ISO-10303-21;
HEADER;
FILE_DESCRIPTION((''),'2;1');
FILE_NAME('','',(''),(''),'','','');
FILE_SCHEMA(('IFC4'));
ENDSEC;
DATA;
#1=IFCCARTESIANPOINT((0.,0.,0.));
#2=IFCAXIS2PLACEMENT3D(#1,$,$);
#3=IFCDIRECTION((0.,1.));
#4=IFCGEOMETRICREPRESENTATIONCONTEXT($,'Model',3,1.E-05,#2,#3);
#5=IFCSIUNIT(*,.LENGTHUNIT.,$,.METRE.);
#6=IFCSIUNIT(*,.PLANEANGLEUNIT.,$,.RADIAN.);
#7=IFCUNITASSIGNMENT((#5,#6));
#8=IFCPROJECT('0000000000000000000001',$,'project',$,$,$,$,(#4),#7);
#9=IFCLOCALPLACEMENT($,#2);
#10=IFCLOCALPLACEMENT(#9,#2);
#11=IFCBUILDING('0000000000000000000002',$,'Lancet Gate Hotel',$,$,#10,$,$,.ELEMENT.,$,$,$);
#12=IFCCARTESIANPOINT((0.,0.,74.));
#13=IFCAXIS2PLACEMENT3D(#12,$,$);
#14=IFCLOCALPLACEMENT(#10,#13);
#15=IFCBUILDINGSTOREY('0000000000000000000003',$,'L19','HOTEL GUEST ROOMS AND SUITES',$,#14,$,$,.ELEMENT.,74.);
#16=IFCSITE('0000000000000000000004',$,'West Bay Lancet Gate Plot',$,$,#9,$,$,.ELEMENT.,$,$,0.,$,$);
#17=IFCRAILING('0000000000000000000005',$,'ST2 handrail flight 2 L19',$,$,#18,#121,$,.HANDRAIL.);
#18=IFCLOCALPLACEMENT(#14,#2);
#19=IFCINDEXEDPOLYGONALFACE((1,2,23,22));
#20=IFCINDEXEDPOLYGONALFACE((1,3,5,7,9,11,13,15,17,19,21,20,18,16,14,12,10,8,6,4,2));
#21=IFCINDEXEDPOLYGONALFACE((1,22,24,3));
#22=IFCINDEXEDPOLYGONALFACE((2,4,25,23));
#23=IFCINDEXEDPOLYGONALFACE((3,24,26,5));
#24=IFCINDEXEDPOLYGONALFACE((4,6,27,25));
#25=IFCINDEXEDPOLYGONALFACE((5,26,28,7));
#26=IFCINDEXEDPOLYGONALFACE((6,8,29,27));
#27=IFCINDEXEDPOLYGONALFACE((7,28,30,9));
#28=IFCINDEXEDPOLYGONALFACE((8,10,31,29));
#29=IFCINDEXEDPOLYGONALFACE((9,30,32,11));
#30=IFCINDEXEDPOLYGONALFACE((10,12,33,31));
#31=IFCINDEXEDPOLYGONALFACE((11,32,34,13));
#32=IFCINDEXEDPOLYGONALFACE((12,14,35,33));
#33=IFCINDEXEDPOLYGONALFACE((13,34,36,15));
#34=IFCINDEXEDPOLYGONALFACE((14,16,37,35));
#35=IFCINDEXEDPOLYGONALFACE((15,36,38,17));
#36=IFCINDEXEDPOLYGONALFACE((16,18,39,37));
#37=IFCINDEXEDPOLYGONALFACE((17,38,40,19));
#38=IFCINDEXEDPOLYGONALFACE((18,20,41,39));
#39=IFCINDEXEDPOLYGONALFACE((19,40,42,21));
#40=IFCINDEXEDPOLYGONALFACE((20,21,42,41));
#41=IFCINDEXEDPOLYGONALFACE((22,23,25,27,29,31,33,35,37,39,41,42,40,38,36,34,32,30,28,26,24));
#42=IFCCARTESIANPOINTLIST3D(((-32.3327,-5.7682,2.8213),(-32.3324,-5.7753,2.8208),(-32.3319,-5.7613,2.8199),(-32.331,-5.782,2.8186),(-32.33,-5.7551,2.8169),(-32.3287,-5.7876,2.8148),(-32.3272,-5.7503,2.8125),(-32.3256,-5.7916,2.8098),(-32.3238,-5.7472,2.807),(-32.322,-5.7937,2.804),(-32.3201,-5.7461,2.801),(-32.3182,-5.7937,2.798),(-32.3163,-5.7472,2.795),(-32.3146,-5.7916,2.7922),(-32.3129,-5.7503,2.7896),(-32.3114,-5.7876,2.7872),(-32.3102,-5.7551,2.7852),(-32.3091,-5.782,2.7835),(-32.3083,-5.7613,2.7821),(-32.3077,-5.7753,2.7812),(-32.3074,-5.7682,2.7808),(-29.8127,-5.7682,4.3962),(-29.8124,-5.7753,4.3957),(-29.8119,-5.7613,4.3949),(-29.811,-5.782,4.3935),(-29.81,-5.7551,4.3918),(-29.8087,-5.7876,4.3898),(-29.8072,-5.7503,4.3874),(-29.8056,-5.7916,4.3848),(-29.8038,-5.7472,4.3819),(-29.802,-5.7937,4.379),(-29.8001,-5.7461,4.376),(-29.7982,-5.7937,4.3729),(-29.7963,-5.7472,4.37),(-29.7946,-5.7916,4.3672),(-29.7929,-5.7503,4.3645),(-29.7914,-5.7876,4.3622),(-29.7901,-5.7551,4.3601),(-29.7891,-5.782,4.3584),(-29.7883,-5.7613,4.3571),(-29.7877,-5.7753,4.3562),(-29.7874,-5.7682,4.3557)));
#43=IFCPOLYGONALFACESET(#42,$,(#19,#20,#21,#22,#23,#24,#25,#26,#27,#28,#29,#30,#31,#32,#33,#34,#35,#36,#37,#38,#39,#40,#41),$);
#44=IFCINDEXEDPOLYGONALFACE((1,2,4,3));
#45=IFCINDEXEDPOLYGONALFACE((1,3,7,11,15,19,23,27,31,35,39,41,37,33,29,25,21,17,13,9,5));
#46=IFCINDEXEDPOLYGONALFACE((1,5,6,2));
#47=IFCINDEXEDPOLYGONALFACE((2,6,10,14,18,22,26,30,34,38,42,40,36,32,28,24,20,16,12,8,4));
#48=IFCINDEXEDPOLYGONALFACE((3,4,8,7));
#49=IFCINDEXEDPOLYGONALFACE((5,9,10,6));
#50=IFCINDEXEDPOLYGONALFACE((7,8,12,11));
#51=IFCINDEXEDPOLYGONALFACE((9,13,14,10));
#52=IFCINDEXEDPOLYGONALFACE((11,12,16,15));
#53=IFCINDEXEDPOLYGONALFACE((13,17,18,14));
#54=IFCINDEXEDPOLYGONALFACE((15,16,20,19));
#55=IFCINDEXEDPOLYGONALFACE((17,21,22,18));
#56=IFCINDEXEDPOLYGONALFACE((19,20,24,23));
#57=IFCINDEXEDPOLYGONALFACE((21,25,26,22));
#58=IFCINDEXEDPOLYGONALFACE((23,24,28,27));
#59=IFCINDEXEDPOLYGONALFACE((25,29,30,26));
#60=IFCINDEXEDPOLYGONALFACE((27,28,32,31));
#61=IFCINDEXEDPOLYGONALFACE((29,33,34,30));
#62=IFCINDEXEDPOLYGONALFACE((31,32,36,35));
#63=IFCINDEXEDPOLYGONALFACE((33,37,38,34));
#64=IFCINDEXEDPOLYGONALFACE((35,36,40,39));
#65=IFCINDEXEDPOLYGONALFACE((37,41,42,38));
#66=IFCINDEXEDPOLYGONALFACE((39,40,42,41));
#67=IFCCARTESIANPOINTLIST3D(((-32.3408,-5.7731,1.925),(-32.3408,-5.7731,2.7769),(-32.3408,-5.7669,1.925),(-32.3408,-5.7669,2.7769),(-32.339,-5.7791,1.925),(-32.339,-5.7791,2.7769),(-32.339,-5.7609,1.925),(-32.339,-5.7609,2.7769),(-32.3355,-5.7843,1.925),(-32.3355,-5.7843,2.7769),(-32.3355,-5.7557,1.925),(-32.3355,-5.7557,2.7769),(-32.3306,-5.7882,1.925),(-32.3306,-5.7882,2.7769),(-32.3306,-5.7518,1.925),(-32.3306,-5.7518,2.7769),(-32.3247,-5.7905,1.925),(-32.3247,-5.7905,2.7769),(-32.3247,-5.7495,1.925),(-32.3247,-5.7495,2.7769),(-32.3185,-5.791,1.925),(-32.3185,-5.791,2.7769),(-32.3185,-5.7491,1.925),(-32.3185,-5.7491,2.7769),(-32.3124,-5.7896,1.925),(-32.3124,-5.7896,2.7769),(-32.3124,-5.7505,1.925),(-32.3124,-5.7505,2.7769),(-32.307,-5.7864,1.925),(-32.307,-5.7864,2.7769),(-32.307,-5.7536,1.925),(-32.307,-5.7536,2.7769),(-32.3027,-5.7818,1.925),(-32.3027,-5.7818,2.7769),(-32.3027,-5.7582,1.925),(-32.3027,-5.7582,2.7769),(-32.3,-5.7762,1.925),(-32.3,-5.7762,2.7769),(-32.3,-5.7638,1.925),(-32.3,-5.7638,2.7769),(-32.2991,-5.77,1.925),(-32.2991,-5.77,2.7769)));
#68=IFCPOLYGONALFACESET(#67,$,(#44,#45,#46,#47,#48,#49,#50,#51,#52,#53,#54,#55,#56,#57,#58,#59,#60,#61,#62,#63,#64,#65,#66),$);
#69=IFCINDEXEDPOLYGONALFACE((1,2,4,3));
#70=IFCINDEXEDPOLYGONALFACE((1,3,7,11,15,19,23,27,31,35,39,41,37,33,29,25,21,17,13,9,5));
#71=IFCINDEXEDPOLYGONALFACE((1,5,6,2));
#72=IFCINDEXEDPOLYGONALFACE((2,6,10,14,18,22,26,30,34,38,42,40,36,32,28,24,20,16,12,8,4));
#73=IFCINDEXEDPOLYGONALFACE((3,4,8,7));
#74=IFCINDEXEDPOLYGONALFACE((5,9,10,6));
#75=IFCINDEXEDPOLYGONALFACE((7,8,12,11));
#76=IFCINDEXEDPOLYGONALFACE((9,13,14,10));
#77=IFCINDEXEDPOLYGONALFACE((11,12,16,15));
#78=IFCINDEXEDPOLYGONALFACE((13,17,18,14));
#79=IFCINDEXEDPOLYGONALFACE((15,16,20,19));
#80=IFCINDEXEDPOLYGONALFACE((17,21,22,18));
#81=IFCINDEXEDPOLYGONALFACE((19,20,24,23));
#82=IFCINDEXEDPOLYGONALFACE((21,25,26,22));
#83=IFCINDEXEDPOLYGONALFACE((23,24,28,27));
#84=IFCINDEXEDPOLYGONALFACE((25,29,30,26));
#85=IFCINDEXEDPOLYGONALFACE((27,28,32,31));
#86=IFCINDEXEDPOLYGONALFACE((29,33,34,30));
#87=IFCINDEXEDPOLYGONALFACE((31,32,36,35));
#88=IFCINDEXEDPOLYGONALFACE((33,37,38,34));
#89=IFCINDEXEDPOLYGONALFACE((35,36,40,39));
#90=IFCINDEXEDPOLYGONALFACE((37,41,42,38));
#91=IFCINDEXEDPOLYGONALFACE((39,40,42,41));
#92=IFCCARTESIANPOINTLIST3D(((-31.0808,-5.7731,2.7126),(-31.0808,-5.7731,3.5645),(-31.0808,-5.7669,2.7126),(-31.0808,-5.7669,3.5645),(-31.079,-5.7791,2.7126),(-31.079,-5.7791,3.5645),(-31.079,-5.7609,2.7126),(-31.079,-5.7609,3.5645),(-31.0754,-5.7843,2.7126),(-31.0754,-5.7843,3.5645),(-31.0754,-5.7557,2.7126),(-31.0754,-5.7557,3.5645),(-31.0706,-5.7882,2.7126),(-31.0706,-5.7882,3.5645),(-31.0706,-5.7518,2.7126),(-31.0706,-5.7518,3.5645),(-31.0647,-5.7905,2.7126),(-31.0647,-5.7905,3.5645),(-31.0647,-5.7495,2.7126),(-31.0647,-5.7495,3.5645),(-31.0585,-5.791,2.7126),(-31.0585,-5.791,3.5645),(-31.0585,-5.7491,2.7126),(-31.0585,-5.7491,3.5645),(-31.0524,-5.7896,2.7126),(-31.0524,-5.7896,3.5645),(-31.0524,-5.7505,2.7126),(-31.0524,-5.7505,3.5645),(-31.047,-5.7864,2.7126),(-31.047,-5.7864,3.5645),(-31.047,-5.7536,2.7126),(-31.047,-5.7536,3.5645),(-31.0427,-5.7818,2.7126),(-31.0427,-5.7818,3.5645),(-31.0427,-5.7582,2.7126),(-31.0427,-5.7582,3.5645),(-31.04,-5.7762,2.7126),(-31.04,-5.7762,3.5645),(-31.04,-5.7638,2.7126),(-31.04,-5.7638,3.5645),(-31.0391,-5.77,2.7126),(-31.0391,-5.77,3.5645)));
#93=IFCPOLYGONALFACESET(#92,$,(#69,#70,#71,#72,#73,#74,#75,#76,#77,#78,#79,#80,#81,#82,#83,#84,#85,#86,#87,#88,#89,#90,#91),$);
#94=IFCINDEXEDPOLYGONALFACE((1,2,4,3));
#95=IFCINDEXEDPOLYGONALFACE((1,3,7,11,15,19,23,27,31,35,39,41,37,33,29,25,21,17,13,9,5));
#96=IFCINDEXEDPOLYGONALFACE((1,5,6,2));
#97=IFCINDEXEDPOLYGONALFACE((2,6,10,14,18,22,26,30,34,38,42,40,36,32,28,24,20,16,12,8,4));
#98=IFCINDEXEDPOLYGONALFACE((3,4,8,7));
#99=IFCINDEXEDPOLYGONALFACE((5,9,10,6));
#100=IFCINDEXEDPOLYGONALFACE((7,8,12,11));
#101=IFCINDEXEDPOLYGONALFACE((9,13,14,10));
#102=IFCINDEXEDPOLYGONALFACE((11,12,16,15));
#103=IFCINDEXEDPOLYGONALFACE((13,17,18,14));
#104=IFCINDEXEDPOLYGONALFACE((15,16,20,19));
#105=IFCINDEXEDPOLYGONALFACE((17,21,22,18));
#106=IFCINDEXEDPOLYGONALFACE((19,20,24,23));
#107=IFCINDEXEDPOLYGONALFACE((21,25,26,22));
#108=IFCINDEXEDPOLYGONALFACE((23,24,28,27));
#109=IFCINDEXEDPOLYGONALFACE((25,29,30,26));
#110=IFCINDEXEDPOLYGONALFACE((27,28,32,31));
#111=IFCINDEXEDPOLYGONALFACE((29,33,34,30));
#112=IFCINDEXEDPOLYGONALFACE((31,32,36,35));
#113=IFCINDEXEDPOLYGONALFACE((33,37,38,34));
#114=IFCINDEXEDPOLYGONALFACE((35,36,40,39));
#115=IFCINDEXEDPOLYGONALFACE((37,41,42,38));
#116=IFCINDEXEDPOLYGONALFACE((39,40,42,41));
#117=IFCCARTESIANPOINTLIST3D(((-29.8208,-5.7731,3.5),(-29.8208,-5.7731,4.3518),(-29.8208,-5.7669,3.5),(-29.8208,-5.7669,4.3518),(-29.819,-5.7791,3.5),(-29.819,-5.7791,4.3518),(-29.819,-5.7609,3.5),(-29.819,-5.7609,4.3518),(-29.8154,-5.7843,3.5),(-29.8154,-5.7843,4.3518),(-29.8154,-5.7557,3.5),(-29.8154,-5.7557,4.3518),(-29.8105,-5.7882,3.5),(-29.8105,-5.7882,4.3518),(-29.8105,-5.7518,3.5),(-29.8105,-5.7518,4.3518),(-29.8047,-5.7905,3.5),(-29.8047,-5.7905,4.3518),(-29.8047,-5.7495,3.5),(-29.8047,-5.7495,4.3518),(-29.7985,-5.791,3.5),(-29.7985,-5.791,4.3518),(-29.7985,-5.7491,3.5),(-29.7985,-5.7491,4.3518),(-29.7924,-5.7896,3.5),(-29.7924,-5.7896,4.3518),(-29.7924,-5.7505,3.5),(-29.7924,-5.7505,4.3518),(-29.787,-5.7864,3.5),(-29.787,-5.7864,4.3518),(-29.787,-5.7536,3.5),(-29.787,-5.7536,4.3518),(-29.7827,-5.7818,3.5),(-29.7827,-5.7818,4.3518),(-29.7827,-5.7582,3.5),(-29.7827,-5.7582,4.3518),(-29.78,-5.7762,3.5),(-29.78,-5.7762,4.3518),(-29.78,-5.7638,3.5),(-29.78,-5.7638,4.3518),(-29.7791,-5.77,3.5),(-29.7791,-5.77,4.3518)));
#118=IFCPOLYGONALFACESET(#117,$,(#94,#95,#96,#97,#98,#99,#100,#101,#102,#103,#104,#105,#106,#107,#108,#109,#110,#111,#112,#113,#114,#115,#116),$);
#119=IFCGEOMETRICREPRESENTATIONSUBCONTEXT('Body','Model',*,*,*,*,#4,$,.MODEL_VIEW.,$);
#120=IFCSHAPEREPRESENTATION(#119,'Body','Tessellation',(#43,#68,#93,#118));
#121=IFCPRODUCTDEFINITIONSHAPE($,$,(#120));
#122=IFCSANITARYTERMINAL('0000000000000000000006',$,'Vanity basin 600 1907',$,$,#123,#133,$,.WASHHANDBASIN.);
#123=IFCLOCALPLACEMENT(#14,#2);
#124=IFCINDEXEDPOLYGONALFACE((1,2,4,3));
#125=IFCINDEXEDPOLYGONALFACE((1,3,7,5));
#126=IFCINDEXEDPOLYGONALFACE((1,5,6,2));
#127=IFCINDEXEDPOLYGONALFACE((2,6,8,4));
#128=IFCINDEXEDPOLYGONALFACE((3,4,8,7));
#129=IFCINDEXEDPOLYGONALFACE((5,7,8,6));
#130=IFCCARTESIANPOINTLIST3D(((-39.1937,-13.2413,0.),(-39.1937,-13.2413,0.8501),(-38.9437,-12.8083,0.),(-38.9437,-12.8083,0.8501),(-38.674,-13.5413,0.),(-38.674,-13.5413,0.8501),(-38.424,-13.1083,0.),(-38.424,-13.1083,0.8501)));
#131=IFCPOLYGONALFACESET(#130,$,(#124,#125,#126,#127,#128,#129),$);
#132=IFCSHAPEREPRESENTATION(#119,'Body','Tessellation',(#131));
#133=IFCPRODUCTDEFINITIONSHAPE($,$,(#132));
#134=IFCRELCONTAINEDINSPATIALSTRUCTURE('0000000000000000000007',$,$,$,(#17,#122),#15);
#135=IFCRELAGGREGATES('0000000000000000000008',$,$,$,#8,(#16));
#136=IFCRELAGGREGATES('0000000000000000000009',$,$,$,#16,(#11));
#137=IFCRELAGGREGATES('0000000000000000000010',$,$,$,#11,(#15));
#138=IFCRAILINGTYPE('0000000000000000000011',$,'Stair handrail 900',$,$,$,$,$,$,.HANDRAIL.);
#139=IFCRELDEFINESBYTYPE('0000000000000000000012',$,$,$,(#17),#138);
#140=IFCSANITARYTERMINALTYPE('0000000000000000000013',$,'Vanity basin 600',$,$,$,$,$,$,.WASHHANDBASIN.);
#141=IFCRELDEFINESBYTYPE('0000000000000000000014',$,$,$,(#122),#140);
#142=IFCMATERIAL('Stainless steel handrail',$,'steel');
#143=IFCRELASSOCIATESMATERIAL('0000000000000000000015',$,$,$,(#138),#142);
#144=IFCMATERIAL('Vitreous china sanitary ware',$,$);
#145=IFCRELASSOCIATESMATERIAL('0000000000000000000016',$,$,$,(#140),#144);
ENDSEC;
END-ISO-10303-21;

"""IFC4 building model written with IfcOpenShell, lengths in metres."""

from ifc_helpers import new_model, si_unit, direction, frame, origin, origin_2d, place, context, subcontext, project, spatial, rectangle, circle, extrude, material, type_object, element, save


model = new_model("IFC4")

# Units and contexts
model_context = context("Model", 3, precision=1e-05, world=origin(), true_north=direction((0.0, 1.0)))
body_context = subcontext(model_context, "Body", "Model", "MODEL_VIEW")
ifc_project = project(units=[si_unit("LENGTHUNIT", "METRE"), si_unit("PLANEANGLEUNIT", "RADIAN")], contexts=[model_context])

# Site, building, storey
site_placement = place(None, origin())
site = spatial("IfcSite", under=ifc_project, at=site_placement, Name="West Bay Lancet Gate Plot", CompositionType="ELEMENT", RefElevation=0.0)
building_placement = place(site_placement, origin())
building = spatial("IfcBuilding", under=site, at=building_placement, Name="Lancet Gate Hotel", CompositionType="ELEMENT")
storey_placement = place(building_placement, frame((0.0, 0.0, 74.0)))
storey = spatial("IfcBuildingStorey", under=building, at=storey_placement, Name="L19", Description="HOTEL GUEST ROOMS AND SUITES", CompositionType="ELEMENT", Elevation=74.0)

# Railing
ifc_material_1 = material(Name="Stainless steel handrail", Category="steel")
railing_type = type_object("IfcRailingType", Name="Stair handrail 900", PredefinedType="HANDRAIL", material=ifc_material_1)
railing_1_placement = place(storey_placement, frame((-32.3201, -5.77, 1.925)))
element("IfcRailing", 1, at=railing_1_placement, inside=storey, type_object=railing_type, Name="ST2 handrail flight 2 L19", PredefinedType="HANDRAIL", context=body_context, shape_type="SweptSolid", body=[
    extrude(circle(Radius=0.0239, at=origin_2d()), frame((0.0, 0.0, 0.876), z_axis=(0.848008, 0.0, 0.529984), x_axis=(0.0, 1.0, 0.0)), (0.0, 0.0, 1.0), 2.9717),
    extrude(circle(Radius=0.021, at=origin_2d()), origin(), (0.0, 0.0, 1.0), 0.8518),
    extrude(circle(Radius=0.021, at=origin_2d()), frame((1.26, 0.0, 0.7876)), (0.0, 0.0, 1.0), 0.8518),
    extrude(circle(Radius=0.021, at=origin_2d()), frame((2.52, 0.0, 1.575)), (0.0, 0.0, 1.0), 0.8518),
])

# Sanitary terminal
ifc_material_2 = material(Name="Vitreous china sanitary ware")
sanitary_terminal_type = type_object("IfcSanitaryTerminalType", Name="Vanity basin 600", PredefinedType="WASHHANDBASIN", material=ifc_material_2)
sanitary_terminal_placement = place(storey_placement, frame((-38.8088, -13.1748, 0.0), z_axis=(0.0, 0.0, 1.0), x_axis=(-0.866025, 0.5, 0.0)))
element("IfcSanitaryTerminal", 2, at=sanitary_terminal_placement, inside=storey, type_object=sanitary_terminal_type, Name="Vanity basin 600 1907", PredefinedType="WASHHANDBASIN", context=body_context, shape_type="SweptSolid", body=[
    extrude(rectangle(XDim=0.6001, YDim=0.5, at=origin_2d()), origin(), (0.0, 0.0, 1.0), 0.8501),
])

save(model, "model.ifc")
